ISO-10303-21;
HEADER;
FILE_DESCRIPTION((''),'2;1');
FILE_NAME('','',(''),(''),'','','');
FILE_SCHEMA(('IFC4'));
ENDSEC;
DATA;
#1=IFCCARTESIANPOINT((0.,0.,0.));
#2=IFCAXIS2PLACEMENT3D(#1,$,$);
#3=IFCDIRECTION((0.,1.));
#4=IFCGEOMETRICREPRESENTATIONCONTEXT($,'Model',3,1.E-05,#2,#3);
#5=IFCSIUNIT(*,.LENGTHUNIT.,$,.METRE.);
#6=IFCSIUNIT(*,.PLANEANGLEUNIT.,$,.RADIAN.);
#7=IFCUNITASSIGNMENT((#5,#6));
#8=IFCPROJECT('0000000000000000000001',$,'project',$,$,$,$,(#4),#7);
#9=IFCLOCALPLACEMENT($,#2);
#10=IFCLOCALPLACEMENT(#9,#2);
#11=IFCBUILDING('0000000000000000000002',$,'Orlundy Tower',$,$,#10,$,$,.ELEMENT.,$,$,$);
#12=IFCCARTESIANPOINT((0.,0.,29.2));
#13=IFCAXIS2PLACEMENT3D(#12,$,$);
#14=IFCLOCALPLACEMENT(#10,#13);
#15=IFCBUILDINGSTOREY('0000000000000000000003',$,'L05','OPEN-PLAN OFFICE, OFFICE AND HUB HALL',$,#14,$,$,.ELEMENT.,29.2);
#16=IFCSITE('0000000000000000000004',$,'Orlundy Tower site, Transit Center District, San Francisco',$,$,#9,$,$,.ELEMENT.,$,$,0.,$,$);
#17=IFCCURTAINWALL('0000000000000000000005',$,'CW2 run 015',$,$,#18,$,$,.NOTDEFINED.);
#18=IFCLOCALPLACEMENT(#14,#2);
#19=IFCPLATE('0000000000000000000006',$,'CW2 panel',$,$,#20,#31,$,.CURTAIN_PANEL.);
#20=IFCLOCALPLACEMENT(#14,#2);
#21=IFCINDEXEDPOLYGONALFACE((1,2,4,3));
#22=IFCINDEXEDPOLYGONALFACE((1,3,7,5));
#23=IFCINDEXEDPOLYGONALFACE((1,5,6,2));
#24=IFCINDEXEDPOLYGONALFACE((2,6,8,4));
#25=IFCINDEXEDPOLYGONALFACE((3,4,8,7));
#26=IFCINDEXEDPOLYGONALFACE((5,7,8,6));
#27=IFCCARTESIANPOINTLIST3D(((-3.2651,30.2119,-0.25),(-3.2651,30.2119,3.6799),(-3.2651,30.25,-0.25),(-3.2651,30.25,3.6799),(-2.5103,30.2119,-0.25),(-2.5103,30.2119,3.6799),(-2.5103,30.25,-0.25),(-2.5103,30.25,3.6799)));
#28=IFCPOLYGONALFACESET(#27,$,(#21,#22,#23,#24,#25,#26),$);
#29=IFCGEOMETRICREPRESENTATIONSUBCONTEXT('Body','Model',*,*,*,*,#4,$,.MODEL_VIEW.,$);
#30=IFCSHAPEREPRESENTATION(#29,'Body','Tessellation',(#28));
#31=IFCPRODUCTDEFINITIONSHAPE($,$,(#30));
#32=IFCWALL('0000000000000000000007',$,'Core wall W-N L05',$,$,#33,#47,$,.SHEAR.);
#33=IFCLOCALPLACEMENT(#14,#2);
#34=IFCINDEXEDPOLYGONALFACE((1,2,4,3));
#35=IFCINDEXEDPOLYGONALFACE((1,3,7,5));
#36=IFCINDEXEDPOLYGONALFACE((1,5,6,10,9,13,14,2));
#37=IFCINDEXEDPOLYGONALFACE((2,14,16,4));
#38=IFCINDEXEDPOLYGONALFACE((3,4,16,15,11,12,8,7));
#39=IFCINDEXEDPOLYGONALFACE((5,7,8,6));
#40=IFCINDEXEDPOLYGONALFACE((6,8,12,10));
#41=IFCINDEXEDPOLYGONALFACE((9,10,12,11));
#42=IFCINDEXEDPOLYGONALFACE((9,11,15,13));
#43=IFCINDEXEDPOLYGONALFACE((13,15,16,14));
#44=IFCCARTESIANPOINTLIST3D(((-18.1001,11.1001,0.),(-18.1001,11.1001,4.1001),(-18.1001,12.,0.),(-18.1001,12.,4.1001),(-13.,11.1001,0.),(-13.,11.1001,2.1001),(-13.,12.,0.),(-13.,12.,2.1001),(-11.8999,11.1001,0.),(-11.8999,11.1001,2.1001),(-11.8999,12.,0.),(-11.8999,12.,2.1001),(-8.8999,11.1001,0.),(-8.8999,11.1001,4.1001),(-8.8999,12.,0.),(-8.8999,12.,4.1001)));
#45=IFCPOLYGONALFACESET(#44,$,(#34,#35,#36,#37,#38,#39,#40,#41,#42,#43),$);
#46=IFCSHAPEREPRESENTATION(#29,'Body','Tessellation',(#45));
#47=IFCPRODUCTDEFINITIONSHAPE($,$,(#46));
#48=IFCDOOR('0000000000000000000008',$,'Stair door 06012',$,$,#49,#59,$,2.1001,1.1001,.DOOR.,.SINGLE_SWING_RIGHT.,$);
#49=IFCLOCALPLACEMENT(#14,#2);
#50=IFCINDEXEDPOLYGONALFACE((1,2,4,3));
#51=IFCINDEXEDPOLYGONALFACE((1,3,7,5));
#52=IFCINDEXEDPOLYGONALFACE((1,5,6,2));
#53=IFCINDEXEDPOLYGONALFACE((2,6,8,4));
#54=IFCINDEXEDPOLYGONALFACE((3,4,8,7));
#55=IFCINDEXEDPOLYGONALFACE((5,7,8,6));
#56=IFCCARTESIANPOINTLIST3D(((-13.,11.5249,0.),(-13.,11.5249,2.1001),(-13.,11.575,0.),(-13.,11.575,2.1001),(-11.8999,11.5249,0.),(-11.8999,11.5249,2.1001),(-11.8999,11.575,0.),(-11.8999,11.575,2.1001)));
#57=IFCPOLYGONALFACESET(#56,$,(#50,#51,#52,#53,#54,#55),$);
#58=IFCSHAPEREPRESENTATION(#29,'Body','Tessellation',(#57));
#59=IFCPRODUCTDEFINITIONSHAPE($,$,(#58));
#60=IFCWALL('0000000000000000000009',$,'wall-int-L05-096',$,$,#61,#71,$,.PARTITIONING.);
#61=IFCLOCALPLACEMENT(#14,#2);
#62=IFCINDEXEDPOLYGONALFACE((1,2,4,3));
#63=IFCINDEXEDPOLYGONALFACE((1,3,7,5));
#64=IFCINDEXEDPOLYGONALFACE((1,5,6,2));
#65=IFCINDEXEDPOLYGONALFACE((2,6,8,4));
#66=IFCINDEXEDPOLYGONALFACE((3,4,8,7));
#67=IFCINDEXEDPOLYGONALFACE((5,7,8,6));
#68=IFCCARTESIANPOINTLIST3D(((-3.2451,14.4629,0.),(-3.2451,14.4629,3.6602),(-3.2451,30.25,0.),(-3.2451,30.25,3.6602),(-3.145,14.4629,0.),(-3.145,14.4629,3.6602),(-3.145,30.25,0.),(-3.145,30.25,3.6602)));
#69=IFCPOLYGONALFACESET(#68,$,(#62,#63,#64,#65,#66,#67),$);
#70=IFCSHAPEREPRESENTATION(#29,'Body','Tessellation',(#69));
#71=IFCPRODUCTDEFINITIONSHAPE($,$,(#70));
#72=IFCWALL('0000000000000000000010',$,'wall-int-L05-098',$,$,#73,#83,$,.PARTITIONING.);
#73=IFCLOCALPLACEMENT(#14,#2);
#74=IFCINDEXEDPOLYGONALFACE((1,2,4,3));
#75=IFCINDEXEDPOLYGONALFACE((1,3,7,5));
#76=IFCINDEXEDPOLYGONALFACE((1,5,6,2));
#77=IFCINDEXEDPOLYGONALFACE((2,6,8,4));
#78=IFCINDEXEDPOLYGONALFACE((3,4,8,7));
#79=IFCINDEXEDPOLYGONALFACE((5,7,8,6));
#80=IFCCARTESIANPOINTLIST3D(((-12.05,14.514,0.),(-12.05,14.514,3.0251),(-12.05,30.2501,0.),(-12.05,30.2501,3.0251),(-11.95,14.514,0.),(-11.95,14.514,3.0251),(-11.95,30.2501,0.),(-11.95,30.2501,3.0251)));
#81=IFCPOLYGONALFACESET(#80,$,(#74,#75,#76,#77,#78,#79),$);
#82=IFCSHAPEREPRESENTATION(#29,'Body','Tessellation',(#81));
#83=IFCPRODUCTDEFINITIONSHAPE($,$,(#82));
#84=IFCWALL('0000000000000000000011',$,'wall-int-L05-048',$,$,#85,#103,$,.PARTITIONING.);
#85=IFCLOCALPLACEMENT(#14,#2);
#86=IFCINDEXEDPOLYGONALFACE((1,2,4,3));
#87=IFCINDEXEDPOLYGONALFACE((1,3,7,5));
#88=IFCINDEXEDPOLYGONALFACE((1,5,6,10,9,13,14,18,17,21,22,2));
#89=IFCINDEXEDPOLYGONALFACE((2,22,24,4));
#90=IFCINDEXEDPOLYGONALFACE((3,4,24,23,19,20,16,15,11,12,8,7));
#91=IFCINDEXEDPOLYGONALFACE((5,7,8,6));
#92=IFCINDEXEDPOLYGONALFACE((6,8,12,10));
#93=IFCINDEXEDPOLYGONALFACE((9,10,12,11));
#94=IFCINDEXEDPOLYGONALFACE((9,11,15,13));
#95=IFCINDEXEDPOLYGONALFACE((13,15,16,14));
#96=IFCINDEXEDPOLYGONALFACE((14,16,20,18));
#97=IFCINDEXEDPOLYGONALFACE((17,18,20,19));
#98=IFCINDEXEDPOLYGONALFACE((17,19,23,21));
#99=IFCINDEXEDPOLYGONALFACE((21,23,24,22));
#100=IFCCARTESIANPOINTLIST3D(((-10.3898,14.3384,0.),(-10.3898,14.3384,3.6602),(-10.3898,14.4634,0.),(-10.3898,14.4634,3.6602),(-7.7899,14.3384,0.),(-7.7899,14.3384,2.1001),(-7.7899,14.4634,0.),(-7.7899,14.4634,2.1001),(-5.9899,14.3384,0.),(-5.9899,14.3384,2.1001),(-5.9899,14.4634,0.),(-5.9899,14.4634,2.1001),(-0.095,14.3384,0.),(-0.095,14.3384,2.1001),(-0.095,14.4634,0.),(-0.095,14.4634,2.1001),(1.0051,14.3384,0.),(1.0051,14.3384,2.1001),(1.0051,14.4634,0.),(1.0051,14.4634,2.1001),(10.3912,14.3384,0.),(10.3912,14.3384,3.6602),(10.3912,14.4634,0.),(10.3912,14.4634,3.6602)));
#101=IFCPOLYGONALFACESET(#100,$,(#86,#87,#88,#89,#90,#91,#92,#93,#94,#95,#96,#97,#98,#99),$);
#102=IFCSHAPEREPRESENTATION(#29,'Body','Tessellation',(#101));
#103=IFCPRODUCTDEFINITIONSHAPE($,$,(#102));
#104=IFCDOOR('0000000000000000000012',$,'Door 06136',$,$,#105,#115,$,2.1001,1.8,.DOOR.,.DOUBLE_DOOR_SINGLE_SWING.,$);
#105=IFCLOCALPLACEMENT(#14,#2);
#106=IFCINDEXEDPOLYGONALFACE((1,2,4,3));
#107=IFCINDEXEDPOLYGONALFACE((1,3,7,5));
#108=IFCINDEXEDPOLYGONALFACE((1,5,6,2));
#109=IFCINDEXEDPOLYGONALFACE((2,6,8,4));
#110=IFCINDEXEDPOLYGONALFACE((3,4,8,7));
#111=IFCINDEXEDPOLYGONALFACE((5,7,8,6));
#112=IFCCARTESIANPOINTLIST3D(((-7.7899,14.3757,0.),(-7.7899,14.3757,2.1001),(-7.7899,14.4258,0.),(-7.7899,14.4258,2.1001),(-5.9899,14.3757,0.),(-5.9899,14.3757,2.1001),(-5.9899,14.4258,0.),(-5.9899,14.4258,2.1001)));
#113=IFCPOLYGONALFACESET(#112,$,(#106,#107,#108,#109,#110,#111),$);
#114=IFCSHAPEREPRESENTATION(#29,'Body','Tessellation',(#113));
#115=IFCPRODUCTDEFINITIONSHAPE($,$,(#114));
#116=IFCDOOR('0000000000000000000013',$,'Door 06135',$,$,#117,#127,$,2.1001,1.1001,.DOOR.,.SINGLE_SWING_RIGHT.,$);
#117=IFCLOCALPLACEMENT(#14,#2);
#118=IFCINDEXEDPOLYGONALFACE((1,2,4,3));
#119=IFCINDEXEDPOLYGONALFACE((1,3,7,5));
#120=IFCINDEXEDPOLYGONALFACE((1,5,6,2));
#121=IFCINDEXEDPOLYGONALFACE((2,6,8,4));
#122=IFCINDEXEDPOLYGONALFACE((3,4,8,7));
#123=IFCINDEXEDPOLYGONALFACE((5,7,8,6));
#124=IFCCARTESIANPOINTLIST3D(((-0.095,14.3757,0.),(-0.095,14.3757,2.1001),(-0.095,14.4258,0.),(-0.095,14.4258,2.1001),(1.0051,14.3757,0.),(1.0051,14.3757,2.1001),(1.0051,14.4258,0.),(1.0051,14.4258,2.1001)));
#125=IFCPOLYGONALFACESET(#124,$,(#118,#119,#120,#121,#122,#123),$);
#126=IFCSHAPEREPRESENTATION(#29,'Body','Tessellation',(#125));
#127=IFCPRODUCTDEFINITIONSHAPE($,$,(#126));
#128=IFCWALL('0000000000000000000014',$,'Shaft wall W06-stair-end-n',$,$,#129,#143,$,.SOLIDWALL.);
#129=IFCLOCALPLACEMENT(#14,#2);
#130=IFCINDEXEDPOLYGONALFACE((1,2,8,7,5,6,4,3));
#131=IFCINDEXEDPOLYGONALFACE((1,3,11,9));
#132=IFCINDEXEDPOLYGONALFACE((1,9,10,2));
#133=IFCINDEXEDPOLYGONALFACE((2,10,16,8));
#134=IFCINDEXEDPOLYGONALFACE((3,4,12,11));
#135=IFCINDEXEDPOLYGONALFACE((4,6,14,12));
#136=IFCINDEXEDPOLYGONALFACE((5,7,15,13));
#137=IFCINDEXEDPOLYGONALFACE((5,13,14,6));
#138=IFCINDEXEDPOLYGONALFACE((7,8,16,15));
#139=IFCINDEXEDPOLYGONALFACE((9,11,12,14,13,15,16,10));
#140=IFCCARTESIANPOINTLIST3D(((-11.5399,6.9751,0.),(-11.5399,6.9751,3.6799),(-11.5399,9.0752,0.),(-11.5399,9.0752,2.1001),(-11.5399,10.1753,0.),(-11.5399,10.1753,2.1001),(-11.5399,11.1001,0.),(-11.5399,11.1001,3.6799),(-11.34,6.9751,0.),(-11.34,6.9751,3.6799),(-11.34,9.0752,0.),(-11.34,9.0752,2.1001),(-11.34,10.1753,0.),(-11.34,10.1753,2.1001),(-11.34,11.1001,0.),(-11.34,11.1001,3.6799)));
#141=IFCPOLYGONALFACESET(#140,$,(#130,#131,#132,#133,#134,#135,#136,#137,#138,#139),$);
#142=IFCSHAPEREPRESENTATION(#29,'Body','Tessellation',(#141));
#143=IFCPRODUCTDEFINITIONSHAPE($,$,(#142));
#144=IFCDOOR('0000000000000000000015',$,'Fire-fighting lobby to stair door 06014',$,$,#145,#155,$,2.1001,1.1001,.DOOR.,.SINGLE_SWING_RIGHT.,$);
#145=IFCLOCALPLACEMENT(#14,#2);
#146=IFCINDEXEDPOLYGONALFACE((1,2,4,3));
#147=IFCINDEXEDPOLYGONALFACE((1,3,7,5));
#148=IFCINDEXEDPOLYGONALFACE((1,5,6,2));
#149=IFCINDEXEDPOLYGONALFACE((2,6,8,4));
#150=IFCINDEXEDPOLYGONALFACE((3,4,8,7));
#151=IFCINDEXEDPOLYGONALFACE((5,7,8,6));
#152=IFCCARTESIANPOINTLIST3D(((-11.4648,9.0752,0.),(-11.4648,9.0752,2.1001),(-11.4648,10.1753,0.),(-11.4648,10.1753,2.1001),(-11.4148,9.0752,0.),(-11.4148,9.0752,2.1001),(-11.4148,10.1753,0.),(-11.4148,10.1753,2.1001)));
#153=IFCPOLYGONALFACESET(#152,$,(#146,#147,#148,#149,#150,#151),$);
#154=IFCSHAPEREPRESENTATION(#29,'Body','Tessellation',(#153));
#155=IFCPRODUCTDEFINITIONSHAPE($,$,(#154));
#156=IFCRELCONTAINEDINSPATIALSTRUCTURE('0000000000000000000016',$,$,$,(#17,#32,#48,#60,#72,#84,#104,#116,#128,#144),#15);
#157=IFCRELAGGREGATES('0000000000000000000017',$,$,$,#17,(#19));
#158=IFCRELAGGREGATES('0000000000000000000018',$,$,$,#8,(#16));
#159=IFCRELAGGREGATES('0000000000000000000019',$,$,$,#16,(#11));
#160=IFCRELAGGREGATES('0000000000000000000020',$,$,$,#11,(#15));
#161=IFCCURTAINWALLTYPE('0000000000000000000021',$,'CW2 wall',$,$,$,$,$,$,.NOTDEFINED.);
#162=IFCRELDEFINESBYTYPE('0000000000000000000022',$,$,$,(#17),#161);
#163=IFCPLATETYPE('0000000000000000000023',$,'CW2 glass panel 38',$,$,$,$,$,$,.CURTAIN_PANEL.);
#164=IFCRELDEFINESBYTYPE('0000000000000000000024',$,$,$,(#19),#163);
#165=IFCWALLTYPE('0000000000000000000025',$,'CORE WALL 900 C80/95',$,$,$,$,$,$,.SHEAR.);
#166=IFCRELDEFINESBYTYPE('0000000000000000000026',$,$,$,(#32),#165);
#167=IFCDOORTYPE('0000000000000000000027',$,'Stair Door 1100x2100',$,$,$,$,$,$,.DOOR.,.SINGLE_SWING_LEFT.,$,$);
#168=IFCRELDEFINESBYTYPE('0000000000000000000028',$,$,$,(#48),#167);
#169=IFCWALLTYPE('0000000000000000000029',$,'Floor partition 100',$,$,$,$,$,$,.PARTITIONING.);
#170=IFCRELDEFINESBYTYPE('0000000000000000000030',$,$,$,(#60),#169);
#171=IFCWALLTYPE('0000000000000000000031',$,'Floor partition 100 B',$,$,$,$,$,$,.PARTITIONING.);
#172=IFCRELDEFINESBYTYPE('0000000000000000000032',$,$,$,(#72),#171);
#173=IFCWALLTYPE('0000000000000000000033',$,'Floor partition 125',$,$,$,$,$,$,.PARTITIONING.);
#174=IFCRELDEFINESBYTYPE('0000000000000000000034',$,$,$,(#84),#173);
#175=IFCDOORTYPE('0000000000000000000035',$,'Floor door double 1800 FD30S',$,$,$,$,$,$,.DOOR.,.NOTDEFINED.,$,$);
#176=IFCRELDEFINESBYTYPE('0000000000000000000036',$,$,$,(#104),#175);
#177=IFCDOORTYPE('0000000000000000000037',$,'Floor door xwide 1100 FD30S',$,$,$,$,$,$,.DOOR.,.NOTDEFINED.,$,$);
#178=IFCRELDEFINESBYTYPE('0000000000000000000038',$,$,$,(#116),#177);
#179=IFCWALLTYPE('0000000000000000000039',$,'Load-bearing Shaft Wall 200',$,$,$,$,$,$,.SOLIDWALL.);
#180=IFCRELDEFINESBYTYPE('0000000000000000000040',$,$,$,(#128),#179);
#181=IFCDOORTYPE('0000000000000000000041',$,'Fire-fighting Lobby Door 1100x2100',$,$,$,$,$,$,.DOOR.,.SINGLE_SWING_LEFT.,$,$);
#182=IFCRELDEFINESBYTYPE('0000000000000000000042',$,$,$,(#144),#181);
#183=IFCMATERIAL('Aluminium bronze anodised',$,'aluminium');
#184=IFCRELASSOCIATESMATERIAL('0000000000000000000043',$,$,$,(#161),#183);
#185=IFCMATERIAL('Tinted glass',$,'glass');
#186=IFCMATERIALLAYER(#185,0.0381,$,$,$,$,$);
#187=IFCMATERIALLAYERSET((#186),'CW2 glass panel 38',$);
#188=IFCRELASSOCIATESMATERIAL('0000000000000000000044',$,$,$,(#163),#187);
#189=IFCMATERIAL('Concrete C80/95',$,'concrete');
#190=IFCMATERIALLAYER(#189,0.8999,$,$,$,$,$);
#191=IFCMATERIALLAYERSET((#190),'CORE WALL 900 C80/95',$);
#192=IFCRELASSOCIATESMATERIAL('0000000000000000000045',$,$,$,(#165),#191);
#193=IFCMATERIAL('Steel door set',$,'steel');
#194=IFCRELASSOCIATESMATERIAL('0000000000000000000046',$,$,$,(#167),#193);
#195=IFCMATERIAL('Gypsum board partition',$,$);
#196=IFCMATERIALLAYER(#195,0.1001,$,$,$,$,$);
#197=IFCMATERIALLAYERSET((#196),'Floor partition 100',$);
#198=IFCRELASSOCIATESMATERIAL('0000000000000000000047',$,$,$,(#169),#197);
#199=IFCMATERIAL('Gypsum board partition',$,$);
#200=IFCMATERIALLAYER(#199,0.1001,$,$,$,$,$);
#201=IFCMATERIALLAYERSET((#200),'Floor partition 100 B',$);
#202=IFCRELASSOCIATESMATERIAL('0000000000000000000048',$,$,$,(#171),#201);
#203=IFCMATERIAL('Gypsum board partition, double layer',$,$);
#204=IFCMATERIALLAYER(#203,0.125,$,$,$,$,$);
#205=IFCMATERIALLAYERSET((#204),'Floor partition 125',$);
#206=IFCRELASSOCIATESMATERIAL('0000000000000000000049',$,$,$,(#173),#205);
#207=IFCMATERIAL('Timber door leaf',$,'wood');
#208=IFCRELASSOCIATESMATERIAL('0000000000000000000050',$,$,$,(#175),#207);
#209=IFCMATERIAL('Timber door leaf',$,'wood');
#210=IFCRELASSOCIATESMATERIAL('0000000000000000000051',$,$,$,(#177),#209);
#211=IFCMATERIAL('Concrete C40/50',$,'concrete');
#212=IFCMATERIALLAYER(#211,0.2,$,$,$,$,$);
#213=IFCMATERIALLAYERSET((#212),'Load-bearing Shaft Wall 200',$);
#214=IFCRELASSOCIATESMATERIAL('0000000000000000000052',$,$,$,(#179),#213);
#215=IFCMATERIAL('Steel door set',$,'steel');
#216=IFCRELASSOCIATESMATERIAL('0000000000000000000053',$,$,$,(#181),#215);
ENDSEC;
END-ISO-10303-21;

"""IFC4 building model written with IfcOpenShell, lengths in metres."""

from ifc_helpers import new_model, si_unit, direction, frame, frame_2d, origin, origin_2d, place, context, subcontext, project, spatial, rectangle, extrude, material, layer, layer_set, type_object, element, fill, aggregate, save


model = new_model("IFC4")

# Units and contexts
model_context = context("Model", 3, precision=1e-05, world=origin(), true_north=direction((0.0, 1.0)))
body_context = subcontext(model_context, "Body", "Model", "MODEL_VIEW")
ifc_project = project(units=[si_unit("LENGTHUNIT", "METRE"), si_unit("PLANEANGLEUNIT", "RADIAN")], contexts=[model_context])

# Site, building, storey
site_placement = place(None, origin())
site = spatial("IfcSite", under=ifc_project, at=site_placement, Name="Orlundy Tower site, Transit Center District, San Francisco", CompositionType="ELEMENT", RefElevation=0.0)
building_placement = place(site_placement, origin())
building = spatial("IfcBuilding", under=site, at=building_placement, Name="Orlundy Tower", CompositionType="ELEMENT")
storey_placement = place(building_placement, frame((0.0, 0.0, 29.2)))
storey = spatial("IfcBuildingStorey", under=building, at=storey_placement, Name="L05", Description="OPEN-PLAN OFFICE, OFFICE AND HUB HALL", CompositionType="ELEMENT", Elevation=29.2)

# Curtain wall
ifc_material_1 = material(Name="Aluminium bronze anodised", Category="aluminium")
curtain_wall_type = type_object("IfcCurtainWallType", Name="CW2 wall", PredefinedType="NOTDEFINED", material=ifc_material_1)
curtain_wall_1_placement = place(storey_placement, origin())
curtain_wall_1 = element("IfcCurtainWall", 1, at=curtain_wall_1_placement, inside=storey, type_object=curtain_wall_type, Name="CW2 run 015", PredefinedType="NOTDEFINED")

# Plate
ifc_material_2 = material(Name="Tinted glass", Category="glass")
ifc_layer_1 = layer(ifc_material_2, 0.0381)
ifc_layer_set_1 = layer_set([ifc_layer_1], Name="CW2 glass panel 38")
plate_type = type_object("IfcPlateType", Name="CW2 glass panel 38", PredefinedType="CURTAIN_PANEL", material=ifc_layer_set_1)
plate_1_placement = place(storey_placement, frame((-2.8877, 30.231, -0.25), z_axis=(0.0, 0.0, 1.0), x_axis=(1.0, 0.0, 0.0)))
plate_1 = element("IfcPlate", 2, at=plate_1_placement, type_object=plate_type, Name="CW2 panel", PredefinedType="CURTAIN_PANEL", context=body_context, shape_type="SweptSolid", body=[
    extrude(rectangle(XDim=0.7549, YDim=0.0381, at=origin_2d()), origin(), (0.0, 0.0, 1.0), 3.9299),
])
aggregate(curtain_wall_1, [plate_1])

# Wall, opening, door
ifc_material_3 = material(Name="Concrete C80/95", Category="concrete")
ifc_layer_2 = layer(ifc_material_3, 0.8999)
ifc_layer_set_2 = layer_set([ifc_layer_2], Name="CORE WALL 900 C80/95")
wall_type_1 = type_object("IfcWallType", Name="CORE WALL 900 C80/95", PredefinedType="SHEAR", material=ifc_layer_set_2)
wall_1_placement = place(storey_placement, frame((-18.1001, 11.55, 0.0), z_axis=(0.0, 0.0, 1.0), x_axis=(1.0, 0.0, 0.0)))
wall_1 = element("IfcWall", 3, at=wall_1_placement, inside=storey, type_object=wall_type_1, Name="Core wall W-N L05", PredefinedType="SHEAR", context=body_context, shape_type="SweptSolid", body=[
    extrude(rectangle(XDim=9.2002, YDim=0.8999, at=frame_2d((4.6001, 0.0))), origin(), (0.0, 0.0, 1.0), 4.1001),
])
opening_1_placement = place(wall_1_placement, frame((5.1001, 0.0, 0.0)))
opening_1 = element("IfcOpeningElement", 4, at=opening_1_placement, cuts=wall_1, PredefinedType="OPENING", context=body_context, shape_type="SweptSolid", body=[
    extrude(rectangle(XDim=1.1001, YDim=2.1001, at=frame_2d((0.55, 1.05))), frame((0.0, 0.46, 0.0), z_axis=(0.0, -1.0, 0.0), x_axis=(1.0, 0.0, 0.0)), (0.0, 0.0, 1.0), 0.9199),
])
ifc_material_4 = material(Name="Steel door set", Category="steel")
door_type_1 = type_object("IfcDoorType", Name="Stair Door 1100x2100", OperationType="SINGLE_SWING_LEFT", PredefinedType="DOOR", material=ifc_material_4)
door_1_placement = place(opening_1_placement, origin())
door_1 = element("IfcDoor", 5, at=door_1_placement, inside=storey, type_object=door_type_1, Name="Stair door 06012", OperationType="SINGLE_SWING_RIGHT", OverallHeight=2.1001, OverallWidth=1.1001, PredefinedType="DOOR", context=body_context, shape_type="SweptSolid", body=[
    extrude(rectangle(XDim=1.1001, YDim=2.1001, at=frame_2d((0.55, 1.05))), frame((0.0, 0.0249, 0.0), z_axis=(0.0, -1.0, 0.0), x_axis=(1.0, 0.0, 0.0)), (0.0, 0.0, 1.0), 0.05),
])
fill(opening_1, door_1)

# Walls
ifc_material_5 = material(Name="Gypsum board partition")
ifc_layer_3 = layer(ifc_material_5, 0.1001)
ifc_layer_set_3 = layer_set([ifc_layer_3], Name="Floor partition 100")
wall_type_2 = type_object("IfcWallType", Name="Floor partition 100", PredefinedType="PARTITIONING", material=ifc_layer_set_3)
wall_2_placement = place(storey_placement, frame((-3.1951, 14.4629, 0.0), z_axis=(0.0, 0.0, 1.0), x_axis=(0.0, 1.0, 0.0)))
element("IfcWall", 6, at=wall_2_placement, inside=storey, type_object=wall_type_2, Name="wall-int-L05-096", PredefinedType="PARTITIONING", context=body_context, shape_type="SweptSolid", body=[
    extrude(rectangle(XDim=15.7871, YDim=0.1001, at=frame_2d((7.8936, 0.0))), origin(), (0.0, 0.0, 1.0), 3.6602),
])
ifc_material_6 = material(Name="Gypsum board partition")
ifc_layer_4 = layer(ifc_material_6, 0.1001)
ifc_layer_set_4 = layer_set([ifc_layer_4], Name="Floor partition 100 B")
wall_type_3 = type_object("IfcWallType", Name="Floor partition 100 B", PredefinedType="PARTITIONING", material=ifc_layer_set_4)
wall_3_placement = place(storey_placement, frame((-12.0, 14.5139, 0.0), z_axis=(0.0, 0.0, 1.0), x_axis=(0.0, 1.0, 0.0)))
element("IfcWall", 7, at=wall_3_placement, inside=storey, type_object=wall_type_3, Name="wall-int-L05-098", PredefinedType="PARTITIONING", context=body_context, shape_type="SweptSolid", body=[
    extrude(rectangle(XDim=15.7361, YDim=0.1001, at=frame_2d((7.8682, 0.0))), origin(), (0.0, 0.0, 1.0), 3.0251),
])

# Wall, openings, doors
ifc_material_7 = material(Name="Gypsum board partition, double layer")
ifc_layer_5 = layer(ifc_material_7, 0.125)
ifc_layer_set_5 = layer_set([ifc_layer_5], Name="Floor partition 125")
wall_type_4 = type_object("IfcWallType", Name="Floor partition 125", PredefinedType="PARTITIONING", material=ifc_layer_set_5)
wall_4_placement = place(storey_placement, frame((-10.3899, 14.4009, 0.0), z_axis=(0.0, 0.0, 1.0), x_axis=(1.0, 0.0, 0.0)))
wall_4 = element("IfcWall", 8, at=wall_4_placement, inside=storey, type_object=wall_type_4, Name="wall-int-L05-048", PredefinedType="PARTITIONING", context=body_context, shape_type="SweptSolid", body=[
    extrude(rectangle(XDim=20.781, YDim=0.125, at=frame_2d((10.3906, 0.0))), origin(), (0.0, 0.0, 1.0), 3.6602),
])
opening_2_placement = place(wall_4_placement, frame((10.2949, 0.0, 0.0)))
opening_2 = element("IfcOpeningElement", 9, at=opening_2_placement, cuts=wall_4, PredefinedType="OPENING", context=body_context, shape_type="SweptSolid", body=[
    extrude(rectangle(XDim=1.1001, YDim=2.1001, at=frame_2d((0.55, 1.05))), frame((0.0, 0.0725, 0.0), z_axis=(0.0, -1.0, 0.0), x_axis=(1.0, 0.0, 0.0)), (0.0, 0.0, 1.0), 0.145),
])
opening_3_placement = place(wall_4_placement, frame((2.6001, 0.0, 0.0)))
opening_3 = element("IfcOpeningElement", 10, at=opening_3_placement, cuts=wall_4, PredefinedType="OPENING", context=body_context, shape_type="SweptSolid", body=[
    extrude(rectangle(XDim=1.8, YDim=2.1001, at=frame_2d((0.8999, 1.05))), frame((0.0, 0.0725, 0.0), z_axis=(0.0, -1.0, 0.0), x_axis=(1.0, 0.0, 0.0)), (0.0, 0.0, 1.0), 0.145),
])
ifc_material_8 = material(Name="Timber door leaf", Category="wood")
door_type_2 = type_object("IfcDoorType", Name="Floor door double 1800 FD30S", OperationType="NOTDEFINED", PredefinedType="DOOR", material=ifc_material_8)
door_2_placement = place(opening_3_placement, origin())
door_2 = element("IfcDoor", 11, at=door_2_placement, inside=storey, type_object=door_type_2, Name="Door 06136", OperationType="DOUBLE_DOOR_SINGLE_SWING", OverallHeight=2.1001, OverallWidth=1.8, PredefinedType="DOOR", context=body_context, shape_type="SweptSolid", body=[
    extrude(rectangle(XDim=1.8, YDim=2.1001, at=frame_2d((0.8999, 1.05))), frame((0.0, 0.0249, 0.0), z_axis=(0.0, -1.0, 0.0), x_axis=(1.0, 0.0, 0.0)), (0.0, 0.0, 1.0), 0.05),
])
fill(opening_3, door_2)
ifc_material_9 = material(Name="Timber door leaf", Category="wood")
door_type_3 = type_object("IfcDoorType", Name="Floor door xwide 1100 FD30S", OperationType="NOTDEFINED", PredefinedType="DOOR", material=ifc_material_9)
door_3_placement = place(opening_2_placement, origin())
door_3 = element("IfcDoor", 12, at=door_3_placement, inside=storey, type_object=door_type_3, Name="Door 06135", OperationType="SINGLE_SWING_RIGHT", OverallHeight=2.1001, OverallWidth=1.1001, PredefinedType="DOOR", context=body_context, shape_type="SweptSolid", body=[
    extrude(rectangle(XDim=1.1001, YDim=2.1001, at=frame_2d((0.55, 1.05))), frame((0.0, 0.0249, 0.0), z_axis=(0.0, -1.0, 0.0), x_axis=(1.0, 0.0, 0.0)), (0.0, 0.0, 1.0), 0.05),
])
fill(opening_2, door_3)

# Wall, opening, door
ifc_material_10 = material(Name="Concrete C40/50", Category="concrete")
ifc_layer_6 = layer(ifc_material_10, 0.2)
ifc_layer_set_6 = layer_set([ifc_layer_6], Name="Load-bearing Shaft Wall 200")
wall_type_5 = type_object("IfcWallType", Name="Load-bearing Shaft Wall 200", PredefinedType="SOLIDWALL", material=ifc_layer_set_6)
wall_5_placement = place(storey_placement, frame((-11.4399, 6.9751, 0.0), z_axis=(0.0, 0.0, 1.0), x_axis=(0.0, 1.0, 0.0)))
wall_5 = element("IfcWall", 13, at=wall_5_placement, inside=storey, type_object=wall_type_5, Name="Shaft wall W06-stair-end-n", PredefinedType="SOLIDWALL", context=body_context, shape_type="SweptSolid", body=[
    extrude(rectangle(XDim=4.125, YDim=0.2, at=frame_2d((2.0625, 0.0))), origin(), (0.0, 0.0, 1.0), 3.6799),
])
opening_4_placement = place(wall_5_placement, frame((2.1001, 0.0, 0.0)))
opening_4 = element("IfcOpeningElement", 14, at=opening_4_placement, cuts=wall_5, PredefinedType="OPENING", context=body_context, shape_type="SweptSolid", body=[
    extrude(rectangle(XDim=1.1001, YDim=2.1001, at=frame_2d((0.55, 1.05))), frame((0.0, 0.1101, 0.0), z_axis=(0.0, -1.0, 0.0), x_axis=(1.0, 0.0, 0.0)), (0.0, 0.0, 1.0), 0.2202),
])
ifc_material_11 = material(Name="Steel door set", Category="steel")
door_type_4 = type_object("IfcDoorType", Name="Fire-fighting Lobby Door 1100x2100", OperationType="SINGLE_SWING_LEFT", PredefinedType="DOOR", material=ifc_material_11)
door_4_placement = place(opening_4_placement, origin())
door_4 = element("IfcDoor", 15, at=door_4_placement, inside=storey, type_object=door_type_4, Name="Fire-fighting lobby to stair door 06014", OperationType="SINGLE_SWING_RIGHT", OverallHeight=2.1001, OverallWidth=1.1001, PredefinedType="DOOR", context=body_context, shape_type="SweptSolid", body=[
    extrude(rectangle(XDim=1.1001, YDim=2.1001, at=frame_2d((0.55, 1.05))), frame((0.0, 0.0249, 0.0), z_axis=(0.0, -1.0, 0.0), x_axis=(1.0, 0.0, 0.0)), (0.0, 0.0, 1.0), 0.05),
])
fill(opening_4, door_4)

save(model, "model.ifc")
